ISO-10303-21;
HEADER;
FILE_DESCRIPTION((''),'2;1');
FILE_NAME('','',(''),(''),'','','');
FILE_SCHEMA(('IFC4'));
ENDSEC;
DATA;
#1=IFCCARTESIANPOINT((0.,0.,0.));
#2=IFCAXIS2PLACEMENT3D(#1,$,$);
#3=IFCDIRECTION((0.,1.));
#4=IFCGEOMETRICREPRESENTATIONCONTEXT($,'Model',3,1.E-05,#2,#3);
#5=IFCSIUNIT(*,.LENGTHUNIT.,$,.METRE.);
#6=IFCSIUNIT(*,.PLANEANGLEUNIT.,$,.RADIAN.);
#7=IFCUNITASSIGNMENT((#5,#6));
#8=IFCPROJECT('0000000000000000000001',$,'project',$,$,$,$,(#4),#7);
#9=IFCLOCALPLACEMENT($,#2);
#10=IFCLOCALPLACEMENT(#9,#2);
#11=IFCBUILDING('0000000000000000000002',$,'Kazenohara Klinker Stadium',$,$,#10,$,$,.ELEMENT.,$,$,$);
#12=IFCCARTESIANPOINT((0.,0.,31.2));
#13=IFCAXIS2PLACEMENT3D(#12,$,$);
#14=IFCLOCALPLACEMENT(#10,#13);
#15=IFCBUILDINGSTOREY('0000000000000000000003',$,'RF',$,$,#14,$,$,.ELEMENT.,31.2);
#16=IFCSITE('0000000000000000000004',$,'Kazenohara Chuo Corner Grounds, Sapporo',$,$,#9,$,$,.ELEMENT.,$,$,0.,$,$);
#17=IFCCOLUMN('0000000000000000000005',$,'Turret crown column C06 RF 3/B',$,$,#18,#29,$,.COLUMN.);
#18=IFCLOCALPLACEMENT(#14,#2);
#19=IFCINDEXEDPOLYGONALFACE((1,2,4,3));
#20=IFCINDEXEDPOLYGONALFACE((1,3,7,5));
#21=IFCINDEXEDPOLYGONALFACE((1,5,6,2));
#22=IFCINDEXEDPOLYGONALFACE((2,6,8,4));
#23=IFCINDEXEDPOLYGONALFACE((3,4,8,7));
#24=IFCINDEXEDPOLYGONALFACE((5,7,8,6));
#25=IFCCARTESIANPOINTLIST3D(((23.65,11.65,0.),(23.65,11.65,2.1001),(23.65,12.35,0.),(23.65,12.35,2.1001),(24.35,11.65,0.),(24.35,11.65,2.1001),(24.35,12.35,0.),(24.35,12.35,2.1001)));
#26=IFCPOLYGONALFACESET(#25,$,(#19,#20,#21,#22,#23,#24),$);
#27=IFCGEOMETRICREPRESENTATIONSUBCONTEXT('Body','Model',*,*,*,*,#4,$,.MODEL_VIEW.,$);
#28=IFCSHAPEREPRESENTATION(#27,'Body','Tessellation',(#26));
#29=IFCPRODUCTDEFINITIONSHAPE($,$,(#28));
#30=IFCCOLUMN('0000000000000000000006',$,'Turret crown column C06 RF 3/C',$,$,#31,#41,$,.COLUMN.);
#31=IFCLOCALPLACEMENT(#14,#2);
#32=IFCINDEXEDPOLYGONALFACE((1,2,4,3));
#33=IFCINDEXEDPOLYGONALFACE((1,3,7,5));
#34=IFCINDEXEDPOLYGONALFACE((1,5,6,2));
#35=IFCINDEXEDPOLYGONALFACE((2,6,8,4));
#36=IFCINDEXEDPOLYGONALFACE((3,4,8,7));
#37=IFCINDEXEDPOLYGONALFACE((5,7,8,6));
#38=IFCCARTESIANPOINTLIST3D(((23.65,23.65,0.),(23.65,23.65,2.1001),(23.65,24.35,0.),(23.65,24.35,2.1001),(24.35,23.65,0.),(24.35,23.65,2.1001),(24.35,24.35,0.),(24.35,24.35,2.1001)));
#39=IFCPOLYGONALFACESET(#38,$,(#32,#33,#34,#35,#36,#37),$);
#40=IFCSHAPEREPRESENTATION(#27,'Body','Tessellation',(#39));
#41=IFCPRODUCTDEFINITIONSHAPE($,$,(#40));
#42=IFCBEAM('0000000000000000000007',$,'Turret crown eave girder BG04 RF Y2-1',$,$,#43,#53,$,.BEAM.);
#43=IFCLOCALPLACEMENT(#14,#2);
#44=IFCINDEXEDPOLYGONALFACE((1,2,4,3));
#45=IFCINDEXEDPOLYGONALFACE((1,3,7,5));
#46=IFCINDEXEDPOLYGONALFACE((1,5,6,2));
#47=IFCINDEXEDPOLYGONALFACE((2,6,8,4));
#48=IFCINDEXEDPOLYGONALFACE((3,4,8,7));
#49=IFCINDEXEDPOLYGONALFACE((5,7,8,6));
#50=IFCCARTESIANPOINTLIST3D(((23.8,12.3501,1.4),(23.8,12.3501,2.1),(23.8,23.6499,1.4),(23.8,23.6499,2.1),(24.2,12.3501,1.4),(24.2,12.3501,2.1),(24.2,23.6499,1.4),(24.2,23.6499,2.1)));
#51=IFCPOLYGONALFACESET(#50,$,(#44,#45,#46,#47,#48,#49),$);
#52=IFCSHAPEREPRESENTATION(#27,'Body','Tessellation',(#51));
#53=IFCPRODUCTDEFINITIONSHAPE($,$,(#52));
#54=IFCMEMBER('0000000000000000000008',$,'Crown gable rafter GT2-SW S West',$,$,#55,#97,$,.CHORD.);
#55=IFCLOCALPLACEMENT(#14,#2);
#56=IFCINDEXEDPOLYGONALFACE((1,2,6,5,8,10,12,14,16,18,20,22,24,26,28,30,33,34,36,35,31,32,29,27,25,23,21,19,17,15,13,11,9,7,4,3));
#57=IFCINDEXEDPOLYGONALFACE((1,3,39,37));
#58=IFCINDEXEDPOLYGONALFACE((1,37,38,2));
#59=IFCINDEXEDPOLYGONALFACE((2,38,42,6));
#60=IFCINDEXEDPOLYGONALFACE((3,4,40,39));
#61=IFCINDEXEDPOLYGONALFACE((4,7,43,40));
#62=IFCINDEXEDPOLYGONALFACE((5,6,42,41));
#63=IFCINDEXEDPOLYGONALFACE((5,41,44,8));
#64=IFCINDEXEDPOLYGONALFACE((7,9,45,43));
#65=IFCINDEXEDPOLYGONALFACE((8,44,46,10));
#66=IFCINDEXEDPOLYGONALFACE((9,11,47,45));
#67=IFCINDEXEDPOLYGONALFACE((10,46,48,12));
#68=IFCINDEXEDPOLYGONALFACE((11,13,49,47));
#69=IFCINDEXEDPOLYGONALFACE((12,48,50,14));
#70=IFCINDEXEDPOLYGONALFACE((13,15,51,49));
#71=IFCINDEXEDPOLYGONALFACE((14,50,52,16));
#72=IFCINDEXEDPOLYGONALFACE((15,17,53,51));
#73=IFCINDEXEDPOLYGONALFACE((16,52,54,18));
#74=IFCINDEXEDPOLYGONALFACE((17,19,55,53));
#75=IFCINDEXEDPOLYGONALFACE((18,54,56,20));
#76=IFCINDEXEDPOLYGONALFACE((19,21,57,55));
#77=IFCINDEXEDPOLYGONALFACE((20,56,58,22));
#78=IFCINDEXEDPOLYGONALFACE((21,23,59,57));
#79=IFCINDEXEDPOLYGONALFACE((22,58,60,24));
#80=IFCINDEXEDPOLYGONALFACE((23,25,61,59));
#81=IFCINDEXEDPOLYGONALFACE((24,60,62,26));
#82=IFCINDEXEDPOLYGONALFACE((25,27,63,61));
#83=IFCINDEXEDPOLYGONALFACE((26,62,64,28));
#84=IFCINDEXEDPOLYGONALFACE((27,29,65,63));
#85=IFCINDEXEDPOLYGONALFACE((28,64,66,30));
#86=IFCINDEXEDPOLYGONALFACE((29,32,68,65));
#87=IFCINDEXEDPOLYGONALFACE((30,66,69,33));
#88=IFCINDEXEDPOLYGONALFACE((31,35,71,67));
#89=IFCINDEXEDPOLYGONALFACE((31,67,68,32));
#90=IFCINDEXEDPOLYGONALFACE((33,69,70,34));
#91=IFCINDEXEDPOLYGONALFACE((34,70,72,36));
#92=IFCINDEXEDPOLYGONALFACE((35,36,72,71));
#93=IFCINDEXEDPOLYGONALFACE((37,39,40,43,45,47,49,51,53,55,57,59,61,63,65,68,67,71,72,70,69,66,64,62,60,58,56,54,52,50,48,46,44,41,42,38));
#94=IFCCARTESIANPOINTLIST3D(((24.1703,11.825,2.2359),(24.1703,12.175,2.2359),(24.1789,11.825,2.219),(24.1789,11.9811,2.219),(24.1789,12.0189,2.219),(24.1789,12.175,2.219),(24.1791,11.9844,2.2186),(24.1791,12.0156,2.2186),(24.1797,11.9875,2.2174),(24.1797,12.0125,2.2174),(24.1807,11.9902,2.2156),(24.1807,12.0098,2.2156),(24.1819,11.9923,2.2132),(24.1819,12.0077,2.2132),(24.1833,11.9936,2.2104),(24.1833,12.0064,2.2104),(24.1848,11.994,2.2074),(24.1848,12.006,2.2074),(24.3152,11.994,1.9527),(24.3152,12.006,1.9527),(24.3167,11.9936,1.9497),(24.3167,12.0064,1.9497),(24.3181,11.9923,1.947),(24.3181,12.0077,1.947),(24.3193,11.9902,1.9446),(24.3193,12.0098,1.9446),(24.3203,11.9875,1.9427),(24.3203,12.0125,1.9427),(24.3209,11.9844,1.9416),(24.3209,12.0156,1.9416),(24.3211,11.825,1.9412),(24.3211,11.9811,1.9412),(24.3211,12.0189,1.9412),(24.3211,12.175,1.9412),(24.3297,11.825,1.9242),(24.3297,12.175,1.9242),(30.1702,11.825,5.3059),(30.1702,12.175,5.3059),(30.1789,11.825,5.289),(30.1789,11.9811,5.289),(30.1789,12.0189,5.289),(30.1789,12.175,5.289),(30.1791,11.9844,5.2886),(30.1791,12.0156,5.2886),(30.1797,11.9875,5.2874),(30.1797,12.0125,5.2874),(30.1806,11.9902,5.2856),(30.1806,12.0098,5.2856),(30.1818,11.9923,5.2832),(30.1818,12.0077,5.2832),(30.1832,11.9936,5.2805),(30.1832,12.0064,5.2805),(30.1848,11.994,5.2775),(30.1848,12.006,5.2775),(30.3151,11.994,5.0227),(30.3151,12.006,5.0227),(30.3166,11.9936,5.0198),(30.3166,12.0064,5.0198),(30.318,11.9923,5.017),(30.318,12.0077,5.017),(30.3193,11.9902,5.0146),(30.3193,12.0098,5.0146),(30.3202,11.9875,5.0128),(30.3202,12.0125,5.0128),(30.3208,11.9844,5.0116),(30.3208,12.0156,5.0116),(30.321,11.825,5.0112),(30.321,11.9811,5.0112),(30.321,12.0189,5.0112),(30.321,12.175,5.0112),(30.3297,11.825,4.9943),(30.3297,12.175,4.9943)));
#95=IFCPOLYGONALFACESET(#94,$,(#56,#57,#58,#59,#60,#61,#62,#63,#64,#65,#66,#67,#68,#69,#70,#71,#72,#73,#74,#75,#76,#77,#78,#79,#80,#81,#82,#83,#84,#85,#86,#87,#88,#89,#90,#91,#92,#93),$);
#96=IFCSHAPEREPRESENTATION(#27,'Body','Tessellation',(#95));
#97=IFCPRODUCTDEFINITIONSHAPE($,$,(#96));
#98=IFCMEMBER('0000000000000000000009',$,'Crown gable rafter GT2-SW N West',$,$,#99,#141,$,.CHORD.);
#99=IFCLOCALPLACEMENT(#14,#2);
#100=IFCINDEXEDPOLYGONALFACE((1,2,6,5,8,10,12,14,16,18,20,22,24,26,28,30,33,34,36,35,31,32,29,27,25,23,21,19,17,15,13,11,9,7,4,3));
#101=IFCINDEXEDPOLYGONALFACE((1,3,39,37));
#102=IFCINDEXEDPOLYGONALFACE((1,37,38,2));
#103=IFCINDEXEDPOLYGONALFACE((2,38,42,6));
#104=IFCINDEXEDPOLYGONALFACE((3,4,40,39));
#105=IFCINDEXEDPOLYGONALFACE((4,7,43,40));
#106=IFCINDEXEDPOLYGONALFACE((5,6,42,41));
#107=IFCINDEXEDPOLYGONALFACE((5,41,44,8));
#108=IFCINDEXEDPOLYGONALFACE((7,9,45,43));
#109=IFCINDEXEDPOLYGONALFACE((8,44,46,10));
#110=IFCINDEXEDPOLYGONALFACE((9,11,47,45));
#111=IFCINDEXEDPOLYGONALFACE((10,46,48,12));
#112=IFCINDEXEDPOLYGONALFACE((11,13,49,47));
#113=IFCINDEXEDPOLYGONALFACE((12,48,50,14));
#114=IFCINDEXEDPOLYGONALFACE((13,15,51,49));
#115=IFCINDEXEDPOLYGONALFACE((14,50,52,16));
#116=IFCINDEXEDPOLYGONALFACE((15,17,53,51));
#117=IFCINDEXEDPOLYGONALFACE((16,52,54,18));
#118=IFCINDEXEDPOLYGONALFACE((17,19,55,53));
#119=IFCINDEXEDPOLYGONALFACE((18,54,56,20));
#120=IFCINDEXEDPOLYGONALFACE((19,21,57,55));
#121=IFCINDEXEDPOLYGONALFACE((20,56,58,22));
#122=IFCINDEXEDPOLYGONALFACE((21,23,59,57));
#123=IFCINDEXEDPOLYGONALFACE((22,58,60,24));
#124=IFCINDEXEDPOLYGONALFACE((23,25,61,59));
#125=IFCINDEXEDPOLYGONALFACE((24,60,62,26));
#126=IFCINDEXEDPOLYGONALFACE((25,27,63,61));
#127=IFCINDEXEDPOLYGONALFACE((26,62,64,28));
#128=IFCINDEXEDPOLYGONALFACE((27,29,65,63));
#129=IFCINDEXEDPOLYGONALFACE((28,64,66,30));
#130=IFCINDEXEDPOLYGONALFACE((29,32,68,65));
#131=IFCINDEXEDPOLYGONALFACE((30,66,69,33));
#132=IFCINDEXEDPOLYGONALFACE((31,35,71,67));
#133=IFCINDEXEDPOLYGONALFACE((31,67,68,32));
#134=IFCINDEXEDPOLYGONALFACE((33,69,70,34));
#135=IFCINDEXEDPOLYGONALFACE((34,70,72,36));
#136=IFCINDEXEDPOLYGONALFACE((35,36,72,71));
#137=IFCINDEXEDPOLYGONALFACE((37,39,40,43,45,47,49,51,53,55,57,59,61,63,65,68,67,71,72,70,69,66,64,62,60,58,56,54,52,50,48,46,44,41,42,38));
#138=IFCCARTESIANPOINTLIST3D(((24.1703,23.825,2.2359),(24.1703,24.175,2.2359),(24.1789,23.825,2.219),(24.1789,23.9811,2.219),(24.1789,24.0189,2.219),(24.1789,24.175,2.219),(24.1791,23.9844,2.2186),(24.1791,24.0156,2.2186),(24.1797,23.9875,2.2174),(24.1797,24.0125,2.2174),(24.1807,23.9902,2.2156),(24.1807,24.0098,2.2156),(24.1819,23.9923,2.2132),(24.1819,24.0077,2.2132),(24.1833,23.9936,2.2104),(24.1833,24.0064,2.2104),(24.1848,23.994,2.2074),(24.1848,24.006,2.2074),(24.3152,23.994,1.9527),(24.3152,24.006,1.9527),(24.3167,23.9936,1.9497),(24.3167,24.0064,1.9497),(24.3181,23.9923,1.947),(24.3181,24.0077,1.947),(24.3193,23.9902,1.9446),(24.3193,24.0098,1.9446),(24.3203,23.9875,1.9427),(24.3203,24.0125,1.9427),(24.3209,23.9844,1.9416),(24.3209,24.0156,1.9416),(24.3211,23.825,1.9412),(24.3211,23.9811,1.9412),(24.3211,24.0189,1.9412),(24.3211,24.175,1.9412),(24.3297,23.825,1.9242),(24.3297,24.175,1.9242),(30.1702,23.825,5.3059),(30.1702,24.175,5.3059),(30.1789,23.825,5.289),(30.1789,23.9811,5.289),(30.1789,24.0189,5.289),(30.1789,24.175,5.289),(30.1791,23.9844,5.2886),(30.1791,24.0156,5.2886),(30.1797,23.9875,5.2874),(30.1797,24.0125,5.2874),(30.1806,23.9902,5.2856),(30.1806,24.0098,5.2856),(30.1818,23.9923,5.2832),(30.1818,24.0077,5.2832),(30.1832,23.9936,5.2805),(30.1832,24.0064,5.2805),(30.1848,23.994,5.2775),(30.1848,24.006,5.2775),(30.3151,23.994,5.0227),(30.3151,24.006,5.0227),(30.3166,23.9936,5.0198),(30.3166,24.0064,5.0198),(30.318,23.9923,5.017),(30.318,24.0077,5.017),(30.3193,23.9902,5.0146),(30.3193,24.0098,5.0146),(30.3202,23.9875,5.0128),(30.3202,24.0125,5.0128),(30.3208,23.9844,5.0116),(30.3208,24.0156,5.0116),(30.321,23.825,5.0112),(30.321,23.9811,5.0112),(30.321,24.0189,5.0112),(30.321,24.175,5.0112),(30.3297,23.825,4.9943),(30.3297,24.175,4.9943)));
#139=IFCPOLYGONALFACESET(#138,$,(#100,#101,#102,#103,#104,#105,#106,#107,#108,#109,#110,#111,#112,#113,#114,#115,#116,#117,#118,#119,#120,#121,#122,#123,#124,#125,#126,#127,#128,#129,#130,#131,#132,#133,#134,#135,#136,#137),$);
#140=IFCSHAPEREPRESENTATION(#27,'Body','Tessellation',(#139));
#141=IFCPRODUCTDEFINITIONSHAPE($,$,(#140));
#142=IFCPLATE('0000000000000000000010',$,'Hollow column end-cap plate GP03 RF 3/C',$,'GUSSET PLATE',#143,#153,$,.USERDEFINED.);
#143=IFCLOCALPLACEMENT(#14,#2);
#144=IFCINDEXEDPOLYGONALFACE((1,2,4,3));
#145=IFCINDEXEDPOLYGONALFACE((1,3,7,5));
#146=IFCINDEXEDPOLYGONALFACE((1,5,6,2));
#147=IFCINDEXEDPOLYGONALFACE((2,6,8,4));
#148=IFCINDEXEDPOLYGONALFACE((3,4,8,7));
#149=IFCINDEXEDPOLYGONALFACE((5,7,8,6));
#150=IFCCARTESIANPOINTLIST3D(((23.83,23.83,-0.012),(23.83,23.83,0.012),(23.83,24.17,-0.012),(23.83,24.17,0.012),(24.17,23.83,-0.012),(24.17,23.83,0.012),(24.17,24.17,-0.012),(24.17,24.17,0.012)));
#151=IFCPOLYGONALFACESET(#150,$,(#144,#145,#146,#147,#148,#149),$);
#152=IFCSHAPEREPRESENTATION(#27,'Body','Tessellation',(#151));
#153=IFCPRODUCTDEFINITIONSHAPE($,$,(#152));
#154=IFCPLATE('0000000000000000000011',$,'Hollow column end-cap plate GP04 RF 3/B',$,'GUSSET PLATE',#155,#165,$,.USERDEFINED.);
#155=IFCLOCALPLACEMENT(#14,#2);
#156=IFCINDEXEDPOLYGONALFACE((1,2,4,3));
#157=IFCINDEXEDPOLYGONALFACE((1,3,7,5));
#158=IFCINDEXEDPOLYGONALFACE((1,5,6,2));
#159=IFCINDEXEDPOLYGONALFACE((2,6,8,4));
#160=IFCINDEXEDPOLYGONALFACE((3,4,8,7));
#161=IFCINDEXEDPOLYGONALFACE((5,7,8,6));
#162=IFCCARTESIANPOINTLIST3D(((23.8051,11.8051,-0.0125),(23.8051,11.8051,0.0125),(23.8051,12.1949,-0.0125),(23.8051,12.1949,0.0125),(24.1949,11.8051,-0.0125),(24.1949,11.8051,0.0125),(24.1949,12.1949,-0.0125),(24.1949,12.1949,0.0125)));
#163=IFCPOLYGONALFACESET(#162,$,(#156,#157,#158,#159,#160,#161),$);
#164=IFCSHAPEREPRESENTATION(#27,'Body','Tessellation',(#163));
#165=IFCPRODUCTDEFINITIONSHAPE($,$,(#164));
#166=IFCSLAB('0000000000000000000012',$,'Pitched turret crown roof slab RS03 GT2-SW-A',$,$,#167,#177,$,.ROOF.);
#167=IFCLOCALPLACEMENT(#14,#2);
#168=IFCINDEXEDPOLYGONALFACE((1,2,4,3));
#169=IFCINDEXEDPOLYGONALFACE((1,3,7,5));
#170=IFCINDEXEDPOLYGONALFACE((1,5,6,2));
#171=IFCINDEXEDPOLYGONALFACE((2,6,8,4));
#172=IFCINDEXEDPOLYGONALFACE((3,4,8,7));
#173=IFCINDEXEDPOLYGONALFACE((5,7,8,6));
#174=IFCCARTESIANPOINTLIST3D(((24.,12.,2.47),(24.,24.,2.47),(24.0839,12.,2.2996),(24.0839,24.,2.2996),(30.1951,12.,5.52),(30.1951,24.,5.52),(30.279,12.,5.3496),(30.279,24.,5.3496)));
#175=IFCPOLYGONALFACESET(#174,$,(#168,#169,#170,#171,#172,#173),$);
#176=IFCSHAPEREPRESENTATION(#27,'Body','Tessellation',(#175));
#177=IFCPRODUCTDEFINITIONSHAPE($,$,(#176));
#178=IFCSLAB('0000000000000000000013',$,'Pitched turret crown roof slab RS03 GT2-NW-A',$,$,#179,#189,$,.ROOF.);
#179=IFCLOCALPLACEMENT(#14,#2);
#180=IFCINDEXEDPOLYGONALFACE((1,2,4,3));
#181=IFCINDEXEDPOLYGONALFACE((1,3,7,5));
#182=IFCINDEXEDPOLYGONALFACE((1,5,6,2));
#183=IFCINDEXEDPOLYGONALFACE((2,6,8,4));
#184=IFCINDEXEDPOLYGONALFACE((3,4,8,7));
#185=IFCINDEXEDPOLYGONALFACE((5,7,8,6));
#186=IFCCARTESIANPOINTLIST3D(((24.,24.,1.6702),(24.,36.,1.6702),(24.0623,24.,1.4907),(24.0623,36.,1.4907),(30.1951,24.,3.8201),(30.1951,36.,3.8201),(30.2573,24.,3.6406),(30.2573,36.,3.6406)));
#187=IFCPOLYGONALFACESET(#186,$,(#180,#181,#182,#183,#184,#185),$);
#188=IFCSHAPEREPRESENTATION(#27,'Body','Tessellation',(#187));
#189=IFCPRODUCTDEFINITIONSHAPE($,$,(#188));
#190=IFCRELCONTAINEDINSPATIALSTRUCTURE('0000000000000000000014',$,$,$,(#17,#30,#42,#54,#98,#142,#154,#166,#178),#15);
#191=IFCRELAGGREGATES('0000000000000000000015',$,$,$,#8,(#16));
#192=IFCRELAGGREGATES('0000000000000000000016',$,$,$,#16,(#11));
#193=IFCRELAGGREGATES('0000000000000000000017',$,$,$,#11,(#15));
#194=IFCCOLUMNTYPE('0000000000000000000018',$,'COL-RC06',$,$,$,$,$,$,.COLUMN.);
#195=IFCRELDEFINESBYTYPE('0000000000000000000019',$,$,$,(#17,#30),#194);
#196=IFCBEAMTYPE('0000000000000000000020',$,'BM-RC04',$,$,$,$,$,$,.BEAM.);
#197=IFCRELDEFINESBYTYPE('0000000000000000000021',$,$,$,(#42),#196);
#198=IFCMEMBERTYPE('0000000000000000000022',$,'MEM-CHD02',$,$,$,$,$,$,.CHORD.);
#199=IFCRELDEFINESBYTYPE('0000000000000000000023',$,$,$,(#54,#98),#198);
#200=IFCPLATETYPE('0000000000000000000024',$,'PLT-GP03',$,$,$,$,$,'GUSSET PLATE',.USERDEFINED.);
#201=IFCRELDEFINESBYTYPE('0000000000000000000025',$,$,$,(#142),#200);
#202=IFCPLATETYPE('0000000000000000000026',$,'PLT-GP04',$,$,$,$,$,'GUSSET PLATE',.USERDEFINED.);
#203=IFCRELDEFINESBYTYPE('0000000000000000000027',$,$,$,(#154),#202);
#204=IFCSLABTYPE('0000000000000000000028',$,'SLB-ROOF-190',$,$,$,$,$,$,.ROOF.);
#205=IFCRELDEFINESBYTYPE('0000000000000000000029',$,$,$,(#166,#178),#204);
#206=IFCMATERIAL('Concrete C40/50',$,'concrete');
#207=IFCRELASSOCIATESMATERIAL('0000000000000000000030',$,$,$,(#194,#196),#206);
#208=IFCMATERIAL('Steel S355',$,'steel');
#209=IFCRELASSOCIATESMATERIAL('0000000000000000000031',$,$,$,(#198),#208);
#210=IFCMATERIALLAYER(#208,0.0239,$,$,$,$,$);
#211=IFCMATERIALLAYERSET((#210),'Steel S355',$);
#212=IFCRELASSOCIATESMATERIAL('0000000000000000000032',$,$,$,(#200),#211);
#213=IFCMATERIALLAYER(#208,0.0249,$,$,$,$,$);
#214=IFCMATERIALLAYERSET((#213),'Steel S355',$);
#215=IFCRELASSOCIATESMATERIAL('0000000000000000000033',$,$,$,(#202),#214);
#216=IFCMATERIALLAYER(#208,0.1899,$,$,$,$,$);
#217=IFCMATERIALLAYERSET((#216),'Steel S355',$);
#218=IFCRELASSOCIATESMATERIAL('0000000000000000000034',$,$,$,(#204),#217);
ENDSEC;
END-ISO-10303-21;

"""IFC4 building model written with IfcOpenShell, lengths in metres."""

from ifc_helpers import new_model, si_unit, direction, frame, origin, origin_2d, place, context, subcontext, project, spatial, polyline, rectangle, i_section, outline, extrude, material, layer, layer_set, material_profile, profile_set, type_object, element, save


model = new_model("IFC4")

# Units and contexts
model_context = context("Model", 3, precision=1e-05, world=origin(), true_north=direction((0.0, 1.0)))
body_context = subcontext(model_context, "Body", "Model", "MODEL_VIEW")
ifc_project = project(units=[si_unit("LENGTHUNIT", "METRE"), si_unit("PLANEANGLEUNIT", "RADIAN")], contexts=[model_context])

# Site, building, storey
site_placement = place(None, origin())
site = spatial("IfcSite", under=ifc_project, at=site_placement, Name="Kazenohara Chuo Corner Grounds, Sapporo", CompositionType="ELEMENT", RefElevation=0.0)
building_placement = place(site_placement, origin())
building = spatial("IfcBuilding", under=site, at=building_placement, Name="Kazenohara Klinker Stadium", CompositionType="ELEMENT")
storey_placement = place(building_placement, frame((0.0, 0.0, 31.2)))
storey = spatial("IfcBuildingStorey", under=building, at=storey_placement, Name="RF", CompositionType="ELEMENT", Elevation=31.2)

# Columns
ifc_material_1 = material(Name="Concrete C40/50", Category="concrete")
ifc_material_profile_1 = material_profile(ifc_material_1, rectangle(XDim=0.7, YDim=0.7, at=origin_2d()), Name="RC-COL-700x700")
ifc_profile_set_1 = profile_set([ifc_material_profile_1], Name="Concrete C40/50")
column_type = type_object("IfcColumnType", Name="COL-RC06", PredefinedType="COLUMN", material=ifc_profile_set_1)
for number, where, z_axis, x_axis, name in (
    (1, (24.0, 12.0, 0.0), (0.0, 0.0, 1.0), (1.0, 0.0, 0.0), "Turret crown column C06 RF 3/B"),
    (2, (24.0, 24.0, 0.0), (0.0, 0.0, 1.0), (1.0, 0.0, 0.0), "Turret crown column C06 RF 3/C"),
):
    element("IfcColumn", number, at=place(storey_placement, frame(where, z_axis=z_axis, x_axis=x_axis)), inside=storey, type_object=column_type, Name=name, PredefinedType="COLUMN", context=body_context, shape_type="SweptSolid", body=[
        extrude(rectangle(XDim=0.7, YDim=0.7, at=origin_2d()), origin(), (0.0, 0.0, 1.0), 2.1001),
    ])

# Beam
ifc_material_profile_2 = material_profile(ifc_material_1, rectangle(XDim=0.3999, YDim=0.7, at=origin_2d()), Name="RC-BM-400x700")
ifc_profile_set_2 = profile_set([ifc_material_profile_2], Name="Concrete C40/50")
beam_type = type_object("IfcBeamType", Name="BM-RC04", PredefinedType="BEAM", material=ifc_profile_set_2)
beam_placement = place(storey_placement, frame((24.0, 12.3501, 1.75), z_axis=(0.0, 1.0, 0.0), x_axis=(-1.0, 0.0, 0.0)))
element("IfcBeam", 3, at=beam_placement, inside=storey, type_object=beam_type, Name="Turret crown eave girder BG04 RF Y2-1", PredefinedType="BEAM", context=body_context, shape_type="SweptSolid", body=[
    extrude(rectangle(XDim=0.3999, YDim=0.7, at=origin_2d()), origin(), (0.0, 0.0, 1.0), 11.2998),
])

# Members
ifc_material_2 = material(Name="Steel S355", Category="steel")
ifc_material_profile_3 = material_profile(ifc_material_2, i_section(OverallWidth=0.3501, OverallDepth=0.3501, WebThickness=0.012, FlangeThickness=0.019, FilletRadius=0.0129, at=origin_2d()), Name="H-350x350x12x19")
ifc_profile_set_3 = profile_set([ifc_material_profile_3], Name="Steel S355")
member_type = type_object("IfcMemberType", Name="MEM-CHD02", PredefinedType="CHORD", material=ifc_profile_set_3)
for number, where, z_axis, x_axis, name in (
    (4, (24.25, 12.0, 2.0801), (0.89023, 0.0, 0.455511), (0.0, 1.0, 0.0), "Crown gable rafter GT2-SW S West"),
    (5, (24.25, 24.0, 2.0801), (0.89023, 0.0, 0.455511), (0.0, 1.0, 0.0), "Crown gable rafter GT2-SW N West"),
):
    element("IfcMember", number, at=place(storey_placement, frame(where, z_axis=z_axis, x_axis=x_axis)), inside=storey, type_object=member_type, Name=name, PredefinedType="CHORD", context=body_context, shape_type="SweptSolid", body=[
        extrude(i_section(OverallWidth=0.3501, OverallDepth=0.3501, WebThickness=0.012, FlangeThickness=0.019, FilletRadius=0.0129, at=origin_2d()), origin(), (0.0, 0.0, 1.0), 6.7397),
    ])

# Plates
ifc_layer_1 = layer(ifc_material_2, 0.0239)
ifc_layer_set_1 = layer_set([ifc_layer_1], Name="Steel S355")
plate_type_1 = type_object("IfcPlateType", Name="PLT-GP03", ElementType="GUSSET PLATE", PredefinedType="USERDEFINED", material=ifc_layer_set_1)
plate_1_placement = place(storey_placement, frame((24.0, 24.0, -0.012), z_axis=(0.0, 0.0, 1.0), x_axis=(1.0, 0.0, 0.0)))
element("IfcPlate", 6, at=plate_1_placement, inside=storey, type_object=plate_type_1, Name="Hollow column end-cap plate GP03 RF 3/C", ObjectType="GUSSET PLATE", PredefinedType="USERDEFINED", context=body_context, shape_type="SweptSolid", body=[
    extrude(rectangle(XDim=0.3401, YDim=0.3401, at=origin_2d()), origin(), (0.0, 0.0, 1.0), 0.0239),
])
ifc_layer_2 = layer(ifc_material_2, 0.0249)
ifc_layer_set_2 = layer_set([ifc_layer_2], Name="Steel S355")
plate_type_2 = type_object("IfcPlateType", Name="PLT-GP04", ElementType="GUSSET PLATE", PredefinedType="USERDEFINED", material=ifc_layer_set_2)
plate_2_placement = place(storey_placement, frame((24.0, 12.0, -0.0125), z_axis=(0.0, 0.0, 1.0), x_axis=(1.0, 0.0, 0.0)))
element("IfcPlate", 7, at=plate_2_placement, inside=storey, type_object=plate_type_2, Name="Hollow column end-cap plate GP04 RF 3/B", ObjectType="GUSSET PLATE", PredefinedType="USERDEFINED", context=body_context, shape_type="SweptSolid", body=[
    extrude(rectangle(XDim=0.3899, YDim=0.3899, at=origin_2d()), origin(), (0.0, 0.0, 1.0), 0.0249),
])

# Slabs
ifc_layer_3 = layer(ifc_material_2, 0.1899)
ifc_layer_set_3 = layer_set([ifc_layer_3], Name="Steel S355")
slab_type_1 = type_object("IfcSlabType", Name="SLB-ROOF-190", PredefinedType="ROOF", material=ifc_layer_set_3)
slab_1_placement = place(storey_placement, frame((24.0, 12.0, 2.47), z_axis=(-0.441704, 0.0, 0.897161), x_axis=(0.897161, 0.0, 0.441704)))
element("IfcSlab", 8, at=slab_1_placement, inside=storey, type_object=slab_type_1, Name="Pitched turret crown roof slab RS03 GT2-SW-A", PredefinedType="ROOF", context=body_context, shape_type="SweptSolid", body=[
    extrude(outline(polyline([(0.0, 0.0), (6.9052, 0.0), (6.9052, 12.0), (0.0, 12.0), (0.0, 0.0)])), origin(), (0.0, 0.0, -1.0), 0.1899),
])
slab_2_placement = place(storey_placement, frame((24.0, 24.0, 1.6702), z_axis=(-0.327853, 0.0, 0.944729), x_axis=(0.944729, 0.0, 0.327853)))
element("IfcSlab", 9, at=slab_2_placement, inside=storey, type_object=slab_type_1, Name="Pitched turret crown roof slab RS03 GT2-NW-A", PredefinedType="ROOF", context=body_context, shape_type="SweptSolid", body=[
    extrude(outline(polyline([(0.0, 0.0), (6.5575, 0.0), (6.5575, 12.0), (0.0, 12.0), (0.0, 0.0)])), origin(), (0.0, 0.0, -1.0), 0.1899),
])

save(model, "model.ifc")
